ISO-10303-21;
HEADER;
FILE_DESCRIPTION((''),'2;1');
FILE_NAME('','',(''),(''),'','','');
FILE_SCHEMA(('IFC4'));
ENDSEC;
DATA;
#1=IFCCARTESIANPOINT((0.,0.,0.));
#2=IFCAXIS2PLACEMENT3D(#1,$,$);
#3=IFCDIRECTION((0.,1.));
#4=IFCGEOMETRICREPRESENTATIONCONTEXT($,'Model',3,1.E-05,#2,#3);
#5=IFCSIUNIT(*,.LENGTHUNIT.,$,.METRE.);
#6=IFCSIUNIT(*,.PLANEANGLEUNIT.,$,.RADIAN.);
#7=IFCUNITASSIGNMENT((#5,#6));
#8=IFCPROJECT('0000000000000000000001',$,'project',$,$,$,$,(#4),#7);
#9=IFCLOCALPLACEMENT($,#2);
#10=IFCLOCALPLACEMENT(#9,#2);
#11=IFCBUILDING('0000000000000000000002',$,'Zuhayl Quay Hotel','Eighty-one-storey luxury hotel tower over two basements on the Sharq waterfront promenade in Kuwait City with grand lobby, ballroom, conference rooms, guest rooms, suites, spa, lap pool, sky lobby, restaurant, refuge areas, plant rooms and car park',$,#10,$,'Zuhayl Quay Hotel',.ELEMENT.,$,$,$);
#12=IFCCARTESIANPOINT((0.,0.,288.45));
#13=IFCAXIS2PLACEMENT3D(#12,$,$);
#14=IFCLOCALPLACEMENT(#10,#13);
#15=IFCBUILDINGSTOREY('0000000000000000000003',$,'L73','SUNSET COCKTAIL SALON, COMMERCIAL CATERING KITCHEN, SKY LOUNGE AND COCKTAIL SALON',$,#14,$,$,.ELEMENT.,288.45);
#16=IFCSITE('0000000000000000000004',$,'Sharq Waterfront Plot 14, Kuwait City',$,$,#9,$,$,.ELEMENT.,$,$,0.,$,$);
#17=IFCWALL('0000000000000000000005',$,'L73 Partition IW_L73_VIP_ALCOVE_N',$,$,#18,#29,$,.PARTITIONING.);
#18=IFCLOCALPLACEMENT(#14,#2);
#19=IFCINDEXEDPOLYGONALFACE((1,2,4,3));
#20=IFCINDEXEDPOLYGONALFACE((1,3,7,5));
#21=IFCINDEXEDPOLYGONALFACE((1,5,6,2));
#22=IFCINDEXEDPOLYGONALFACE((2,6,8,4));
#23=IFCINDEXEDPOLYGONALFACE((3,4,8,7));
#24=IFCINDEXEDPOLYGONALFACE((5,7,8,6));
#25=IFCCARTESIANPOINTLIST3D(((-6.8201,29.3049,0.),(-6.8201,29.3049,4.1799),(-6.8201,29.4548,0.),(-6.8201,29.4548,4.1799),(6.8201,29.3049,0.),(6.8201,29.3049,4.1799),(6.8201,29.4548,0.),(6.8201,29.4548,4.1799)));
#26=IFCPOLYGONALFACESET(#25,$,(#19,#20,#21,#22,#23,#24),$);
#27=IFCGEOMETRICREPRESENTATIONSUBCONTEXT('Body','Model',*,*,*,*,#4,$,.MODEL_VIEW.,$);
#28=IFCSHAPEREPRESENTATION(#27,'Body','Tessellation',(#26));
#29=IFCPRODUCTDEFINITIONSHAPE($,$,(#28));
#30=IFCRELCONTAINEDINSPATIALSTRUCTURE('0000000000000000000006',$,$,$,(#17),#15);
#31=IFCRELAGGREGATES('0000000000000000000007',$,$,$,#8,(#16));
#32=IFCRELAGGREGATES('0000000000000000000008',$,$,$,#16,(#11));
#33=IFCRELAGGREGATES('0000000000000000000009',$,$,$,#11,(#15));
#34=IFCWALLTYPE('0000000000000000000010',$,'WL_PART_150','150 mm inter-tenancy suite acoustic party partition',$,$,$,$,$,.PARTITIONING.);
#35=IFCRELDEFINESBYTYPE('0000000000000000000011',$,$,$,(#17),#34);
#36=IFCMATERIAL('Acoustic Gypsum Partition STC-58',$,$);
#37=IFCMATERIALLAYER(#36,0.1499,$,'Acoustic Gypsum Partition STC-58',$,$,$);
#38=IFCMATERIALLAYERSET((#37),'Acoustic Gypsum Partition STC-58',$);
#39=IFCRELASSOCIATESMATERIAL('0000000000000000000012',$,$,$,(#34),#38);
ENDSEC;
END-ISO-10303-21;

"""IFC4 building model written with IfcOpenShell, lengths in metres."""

from ifc_helpers import new_model, si_unit, direction, frame, frame_2d, origin, place, context, subcontext, project, spatial, rectangle, extrude, material, layer, layer_set, type_object, element, save


model = new_model("IFC4")

# Units and contexts
model_context = context("Model", 3, precision=1e-05, world=origin(), true_north=direction((0.0, 1.0)))
body_context = subcontext(model_context, "Body", "Model", "MODEL_VIEW")
ifc_project = project(units=[si_unit("LENGTHUNIT", "METRE"), si_unit("PLANEANGLEUNIT", "RADIAN")], contexts=[model_context])

# Site, building, storey
site_placement = place(None, origin())
site = spatial("IfcSite", under=ifc_project, at=site_placement, Name="Sharq Waterfront Plot 14, Kuwait City", CompositionType="ELEMENT", RefElevation=0.0)
building_placement = place(site_placement, origin())
building = spatial("IfcBuilding", under=site, at=building_placement, Name="Zuhayl Quay Hotel", Description="Eighty-one-storey luxury hotel tower over two basements on the Sharq waterfront promenade in Kuwait City with grand lobby, ballroom, conference rooms, guest rooms, suites, spa, lap pool, sky lobby, restaurant, refuge areas, plant rooms and car park", LongName="Zuhayl Quay Hotel", CompositionType="ELEMENT")
storey_placement = place(building_placement, frame((0.0, 0.0, 288.45)))
storey = spatial("IfcBuildingStorey", under=building, at=storey_placement, Name="L73", Description="SUNSET COCKTAIL SALON, COMMERCIAL CATERING KITCHEN, SKY LOUNGE AND COCKTAIL SALON", CompositionType="ELEMENT", Elevation=288.45)

# Wall
ifc_material_1 = material(Name="Acoustic Gypsum Partition STC-58")
ifc_layer_1 = layer(ifc_material_1, 0.1499, Name="Acoustic Gypsum Partition STC-58")
ifc_layer_set_1 = layer_set([ifc_layer_1], Name="Acoustic Gypsum Partition STC-58")
wall_type_1 = type_object("IfcWallType", Name="WL_PART_150", Description="150 mm inter-tenancy suite acoustic party partition", PredefinedType="PARTITIONING", material=ifc_layer_set_1)
wall_1_placement = place(storey_placement, frame((-6.8201, 29.3799, 0.0), z_axis=(0.0, 0.0, 1.0), x_axis=(1.0, 0.0, 0.0)))
element("IfcWall", 1, at=wall_1_placement, inside=storey, type_object=wall_type_1, Name="L73 Partition IW_L73_VIP_ALCOVE_N", PredefinedType="PARTITIONING", context=body_context, shape_type="SweptSolid", body=[
    extrude(rectangle(XDim=13.6401, YDim=0.1499, at=frame_2d((6.8201, 0.0))), origin(), (0.0, 0.0, 1.0), 4.1799),
])

save(model, "model.ifc")
